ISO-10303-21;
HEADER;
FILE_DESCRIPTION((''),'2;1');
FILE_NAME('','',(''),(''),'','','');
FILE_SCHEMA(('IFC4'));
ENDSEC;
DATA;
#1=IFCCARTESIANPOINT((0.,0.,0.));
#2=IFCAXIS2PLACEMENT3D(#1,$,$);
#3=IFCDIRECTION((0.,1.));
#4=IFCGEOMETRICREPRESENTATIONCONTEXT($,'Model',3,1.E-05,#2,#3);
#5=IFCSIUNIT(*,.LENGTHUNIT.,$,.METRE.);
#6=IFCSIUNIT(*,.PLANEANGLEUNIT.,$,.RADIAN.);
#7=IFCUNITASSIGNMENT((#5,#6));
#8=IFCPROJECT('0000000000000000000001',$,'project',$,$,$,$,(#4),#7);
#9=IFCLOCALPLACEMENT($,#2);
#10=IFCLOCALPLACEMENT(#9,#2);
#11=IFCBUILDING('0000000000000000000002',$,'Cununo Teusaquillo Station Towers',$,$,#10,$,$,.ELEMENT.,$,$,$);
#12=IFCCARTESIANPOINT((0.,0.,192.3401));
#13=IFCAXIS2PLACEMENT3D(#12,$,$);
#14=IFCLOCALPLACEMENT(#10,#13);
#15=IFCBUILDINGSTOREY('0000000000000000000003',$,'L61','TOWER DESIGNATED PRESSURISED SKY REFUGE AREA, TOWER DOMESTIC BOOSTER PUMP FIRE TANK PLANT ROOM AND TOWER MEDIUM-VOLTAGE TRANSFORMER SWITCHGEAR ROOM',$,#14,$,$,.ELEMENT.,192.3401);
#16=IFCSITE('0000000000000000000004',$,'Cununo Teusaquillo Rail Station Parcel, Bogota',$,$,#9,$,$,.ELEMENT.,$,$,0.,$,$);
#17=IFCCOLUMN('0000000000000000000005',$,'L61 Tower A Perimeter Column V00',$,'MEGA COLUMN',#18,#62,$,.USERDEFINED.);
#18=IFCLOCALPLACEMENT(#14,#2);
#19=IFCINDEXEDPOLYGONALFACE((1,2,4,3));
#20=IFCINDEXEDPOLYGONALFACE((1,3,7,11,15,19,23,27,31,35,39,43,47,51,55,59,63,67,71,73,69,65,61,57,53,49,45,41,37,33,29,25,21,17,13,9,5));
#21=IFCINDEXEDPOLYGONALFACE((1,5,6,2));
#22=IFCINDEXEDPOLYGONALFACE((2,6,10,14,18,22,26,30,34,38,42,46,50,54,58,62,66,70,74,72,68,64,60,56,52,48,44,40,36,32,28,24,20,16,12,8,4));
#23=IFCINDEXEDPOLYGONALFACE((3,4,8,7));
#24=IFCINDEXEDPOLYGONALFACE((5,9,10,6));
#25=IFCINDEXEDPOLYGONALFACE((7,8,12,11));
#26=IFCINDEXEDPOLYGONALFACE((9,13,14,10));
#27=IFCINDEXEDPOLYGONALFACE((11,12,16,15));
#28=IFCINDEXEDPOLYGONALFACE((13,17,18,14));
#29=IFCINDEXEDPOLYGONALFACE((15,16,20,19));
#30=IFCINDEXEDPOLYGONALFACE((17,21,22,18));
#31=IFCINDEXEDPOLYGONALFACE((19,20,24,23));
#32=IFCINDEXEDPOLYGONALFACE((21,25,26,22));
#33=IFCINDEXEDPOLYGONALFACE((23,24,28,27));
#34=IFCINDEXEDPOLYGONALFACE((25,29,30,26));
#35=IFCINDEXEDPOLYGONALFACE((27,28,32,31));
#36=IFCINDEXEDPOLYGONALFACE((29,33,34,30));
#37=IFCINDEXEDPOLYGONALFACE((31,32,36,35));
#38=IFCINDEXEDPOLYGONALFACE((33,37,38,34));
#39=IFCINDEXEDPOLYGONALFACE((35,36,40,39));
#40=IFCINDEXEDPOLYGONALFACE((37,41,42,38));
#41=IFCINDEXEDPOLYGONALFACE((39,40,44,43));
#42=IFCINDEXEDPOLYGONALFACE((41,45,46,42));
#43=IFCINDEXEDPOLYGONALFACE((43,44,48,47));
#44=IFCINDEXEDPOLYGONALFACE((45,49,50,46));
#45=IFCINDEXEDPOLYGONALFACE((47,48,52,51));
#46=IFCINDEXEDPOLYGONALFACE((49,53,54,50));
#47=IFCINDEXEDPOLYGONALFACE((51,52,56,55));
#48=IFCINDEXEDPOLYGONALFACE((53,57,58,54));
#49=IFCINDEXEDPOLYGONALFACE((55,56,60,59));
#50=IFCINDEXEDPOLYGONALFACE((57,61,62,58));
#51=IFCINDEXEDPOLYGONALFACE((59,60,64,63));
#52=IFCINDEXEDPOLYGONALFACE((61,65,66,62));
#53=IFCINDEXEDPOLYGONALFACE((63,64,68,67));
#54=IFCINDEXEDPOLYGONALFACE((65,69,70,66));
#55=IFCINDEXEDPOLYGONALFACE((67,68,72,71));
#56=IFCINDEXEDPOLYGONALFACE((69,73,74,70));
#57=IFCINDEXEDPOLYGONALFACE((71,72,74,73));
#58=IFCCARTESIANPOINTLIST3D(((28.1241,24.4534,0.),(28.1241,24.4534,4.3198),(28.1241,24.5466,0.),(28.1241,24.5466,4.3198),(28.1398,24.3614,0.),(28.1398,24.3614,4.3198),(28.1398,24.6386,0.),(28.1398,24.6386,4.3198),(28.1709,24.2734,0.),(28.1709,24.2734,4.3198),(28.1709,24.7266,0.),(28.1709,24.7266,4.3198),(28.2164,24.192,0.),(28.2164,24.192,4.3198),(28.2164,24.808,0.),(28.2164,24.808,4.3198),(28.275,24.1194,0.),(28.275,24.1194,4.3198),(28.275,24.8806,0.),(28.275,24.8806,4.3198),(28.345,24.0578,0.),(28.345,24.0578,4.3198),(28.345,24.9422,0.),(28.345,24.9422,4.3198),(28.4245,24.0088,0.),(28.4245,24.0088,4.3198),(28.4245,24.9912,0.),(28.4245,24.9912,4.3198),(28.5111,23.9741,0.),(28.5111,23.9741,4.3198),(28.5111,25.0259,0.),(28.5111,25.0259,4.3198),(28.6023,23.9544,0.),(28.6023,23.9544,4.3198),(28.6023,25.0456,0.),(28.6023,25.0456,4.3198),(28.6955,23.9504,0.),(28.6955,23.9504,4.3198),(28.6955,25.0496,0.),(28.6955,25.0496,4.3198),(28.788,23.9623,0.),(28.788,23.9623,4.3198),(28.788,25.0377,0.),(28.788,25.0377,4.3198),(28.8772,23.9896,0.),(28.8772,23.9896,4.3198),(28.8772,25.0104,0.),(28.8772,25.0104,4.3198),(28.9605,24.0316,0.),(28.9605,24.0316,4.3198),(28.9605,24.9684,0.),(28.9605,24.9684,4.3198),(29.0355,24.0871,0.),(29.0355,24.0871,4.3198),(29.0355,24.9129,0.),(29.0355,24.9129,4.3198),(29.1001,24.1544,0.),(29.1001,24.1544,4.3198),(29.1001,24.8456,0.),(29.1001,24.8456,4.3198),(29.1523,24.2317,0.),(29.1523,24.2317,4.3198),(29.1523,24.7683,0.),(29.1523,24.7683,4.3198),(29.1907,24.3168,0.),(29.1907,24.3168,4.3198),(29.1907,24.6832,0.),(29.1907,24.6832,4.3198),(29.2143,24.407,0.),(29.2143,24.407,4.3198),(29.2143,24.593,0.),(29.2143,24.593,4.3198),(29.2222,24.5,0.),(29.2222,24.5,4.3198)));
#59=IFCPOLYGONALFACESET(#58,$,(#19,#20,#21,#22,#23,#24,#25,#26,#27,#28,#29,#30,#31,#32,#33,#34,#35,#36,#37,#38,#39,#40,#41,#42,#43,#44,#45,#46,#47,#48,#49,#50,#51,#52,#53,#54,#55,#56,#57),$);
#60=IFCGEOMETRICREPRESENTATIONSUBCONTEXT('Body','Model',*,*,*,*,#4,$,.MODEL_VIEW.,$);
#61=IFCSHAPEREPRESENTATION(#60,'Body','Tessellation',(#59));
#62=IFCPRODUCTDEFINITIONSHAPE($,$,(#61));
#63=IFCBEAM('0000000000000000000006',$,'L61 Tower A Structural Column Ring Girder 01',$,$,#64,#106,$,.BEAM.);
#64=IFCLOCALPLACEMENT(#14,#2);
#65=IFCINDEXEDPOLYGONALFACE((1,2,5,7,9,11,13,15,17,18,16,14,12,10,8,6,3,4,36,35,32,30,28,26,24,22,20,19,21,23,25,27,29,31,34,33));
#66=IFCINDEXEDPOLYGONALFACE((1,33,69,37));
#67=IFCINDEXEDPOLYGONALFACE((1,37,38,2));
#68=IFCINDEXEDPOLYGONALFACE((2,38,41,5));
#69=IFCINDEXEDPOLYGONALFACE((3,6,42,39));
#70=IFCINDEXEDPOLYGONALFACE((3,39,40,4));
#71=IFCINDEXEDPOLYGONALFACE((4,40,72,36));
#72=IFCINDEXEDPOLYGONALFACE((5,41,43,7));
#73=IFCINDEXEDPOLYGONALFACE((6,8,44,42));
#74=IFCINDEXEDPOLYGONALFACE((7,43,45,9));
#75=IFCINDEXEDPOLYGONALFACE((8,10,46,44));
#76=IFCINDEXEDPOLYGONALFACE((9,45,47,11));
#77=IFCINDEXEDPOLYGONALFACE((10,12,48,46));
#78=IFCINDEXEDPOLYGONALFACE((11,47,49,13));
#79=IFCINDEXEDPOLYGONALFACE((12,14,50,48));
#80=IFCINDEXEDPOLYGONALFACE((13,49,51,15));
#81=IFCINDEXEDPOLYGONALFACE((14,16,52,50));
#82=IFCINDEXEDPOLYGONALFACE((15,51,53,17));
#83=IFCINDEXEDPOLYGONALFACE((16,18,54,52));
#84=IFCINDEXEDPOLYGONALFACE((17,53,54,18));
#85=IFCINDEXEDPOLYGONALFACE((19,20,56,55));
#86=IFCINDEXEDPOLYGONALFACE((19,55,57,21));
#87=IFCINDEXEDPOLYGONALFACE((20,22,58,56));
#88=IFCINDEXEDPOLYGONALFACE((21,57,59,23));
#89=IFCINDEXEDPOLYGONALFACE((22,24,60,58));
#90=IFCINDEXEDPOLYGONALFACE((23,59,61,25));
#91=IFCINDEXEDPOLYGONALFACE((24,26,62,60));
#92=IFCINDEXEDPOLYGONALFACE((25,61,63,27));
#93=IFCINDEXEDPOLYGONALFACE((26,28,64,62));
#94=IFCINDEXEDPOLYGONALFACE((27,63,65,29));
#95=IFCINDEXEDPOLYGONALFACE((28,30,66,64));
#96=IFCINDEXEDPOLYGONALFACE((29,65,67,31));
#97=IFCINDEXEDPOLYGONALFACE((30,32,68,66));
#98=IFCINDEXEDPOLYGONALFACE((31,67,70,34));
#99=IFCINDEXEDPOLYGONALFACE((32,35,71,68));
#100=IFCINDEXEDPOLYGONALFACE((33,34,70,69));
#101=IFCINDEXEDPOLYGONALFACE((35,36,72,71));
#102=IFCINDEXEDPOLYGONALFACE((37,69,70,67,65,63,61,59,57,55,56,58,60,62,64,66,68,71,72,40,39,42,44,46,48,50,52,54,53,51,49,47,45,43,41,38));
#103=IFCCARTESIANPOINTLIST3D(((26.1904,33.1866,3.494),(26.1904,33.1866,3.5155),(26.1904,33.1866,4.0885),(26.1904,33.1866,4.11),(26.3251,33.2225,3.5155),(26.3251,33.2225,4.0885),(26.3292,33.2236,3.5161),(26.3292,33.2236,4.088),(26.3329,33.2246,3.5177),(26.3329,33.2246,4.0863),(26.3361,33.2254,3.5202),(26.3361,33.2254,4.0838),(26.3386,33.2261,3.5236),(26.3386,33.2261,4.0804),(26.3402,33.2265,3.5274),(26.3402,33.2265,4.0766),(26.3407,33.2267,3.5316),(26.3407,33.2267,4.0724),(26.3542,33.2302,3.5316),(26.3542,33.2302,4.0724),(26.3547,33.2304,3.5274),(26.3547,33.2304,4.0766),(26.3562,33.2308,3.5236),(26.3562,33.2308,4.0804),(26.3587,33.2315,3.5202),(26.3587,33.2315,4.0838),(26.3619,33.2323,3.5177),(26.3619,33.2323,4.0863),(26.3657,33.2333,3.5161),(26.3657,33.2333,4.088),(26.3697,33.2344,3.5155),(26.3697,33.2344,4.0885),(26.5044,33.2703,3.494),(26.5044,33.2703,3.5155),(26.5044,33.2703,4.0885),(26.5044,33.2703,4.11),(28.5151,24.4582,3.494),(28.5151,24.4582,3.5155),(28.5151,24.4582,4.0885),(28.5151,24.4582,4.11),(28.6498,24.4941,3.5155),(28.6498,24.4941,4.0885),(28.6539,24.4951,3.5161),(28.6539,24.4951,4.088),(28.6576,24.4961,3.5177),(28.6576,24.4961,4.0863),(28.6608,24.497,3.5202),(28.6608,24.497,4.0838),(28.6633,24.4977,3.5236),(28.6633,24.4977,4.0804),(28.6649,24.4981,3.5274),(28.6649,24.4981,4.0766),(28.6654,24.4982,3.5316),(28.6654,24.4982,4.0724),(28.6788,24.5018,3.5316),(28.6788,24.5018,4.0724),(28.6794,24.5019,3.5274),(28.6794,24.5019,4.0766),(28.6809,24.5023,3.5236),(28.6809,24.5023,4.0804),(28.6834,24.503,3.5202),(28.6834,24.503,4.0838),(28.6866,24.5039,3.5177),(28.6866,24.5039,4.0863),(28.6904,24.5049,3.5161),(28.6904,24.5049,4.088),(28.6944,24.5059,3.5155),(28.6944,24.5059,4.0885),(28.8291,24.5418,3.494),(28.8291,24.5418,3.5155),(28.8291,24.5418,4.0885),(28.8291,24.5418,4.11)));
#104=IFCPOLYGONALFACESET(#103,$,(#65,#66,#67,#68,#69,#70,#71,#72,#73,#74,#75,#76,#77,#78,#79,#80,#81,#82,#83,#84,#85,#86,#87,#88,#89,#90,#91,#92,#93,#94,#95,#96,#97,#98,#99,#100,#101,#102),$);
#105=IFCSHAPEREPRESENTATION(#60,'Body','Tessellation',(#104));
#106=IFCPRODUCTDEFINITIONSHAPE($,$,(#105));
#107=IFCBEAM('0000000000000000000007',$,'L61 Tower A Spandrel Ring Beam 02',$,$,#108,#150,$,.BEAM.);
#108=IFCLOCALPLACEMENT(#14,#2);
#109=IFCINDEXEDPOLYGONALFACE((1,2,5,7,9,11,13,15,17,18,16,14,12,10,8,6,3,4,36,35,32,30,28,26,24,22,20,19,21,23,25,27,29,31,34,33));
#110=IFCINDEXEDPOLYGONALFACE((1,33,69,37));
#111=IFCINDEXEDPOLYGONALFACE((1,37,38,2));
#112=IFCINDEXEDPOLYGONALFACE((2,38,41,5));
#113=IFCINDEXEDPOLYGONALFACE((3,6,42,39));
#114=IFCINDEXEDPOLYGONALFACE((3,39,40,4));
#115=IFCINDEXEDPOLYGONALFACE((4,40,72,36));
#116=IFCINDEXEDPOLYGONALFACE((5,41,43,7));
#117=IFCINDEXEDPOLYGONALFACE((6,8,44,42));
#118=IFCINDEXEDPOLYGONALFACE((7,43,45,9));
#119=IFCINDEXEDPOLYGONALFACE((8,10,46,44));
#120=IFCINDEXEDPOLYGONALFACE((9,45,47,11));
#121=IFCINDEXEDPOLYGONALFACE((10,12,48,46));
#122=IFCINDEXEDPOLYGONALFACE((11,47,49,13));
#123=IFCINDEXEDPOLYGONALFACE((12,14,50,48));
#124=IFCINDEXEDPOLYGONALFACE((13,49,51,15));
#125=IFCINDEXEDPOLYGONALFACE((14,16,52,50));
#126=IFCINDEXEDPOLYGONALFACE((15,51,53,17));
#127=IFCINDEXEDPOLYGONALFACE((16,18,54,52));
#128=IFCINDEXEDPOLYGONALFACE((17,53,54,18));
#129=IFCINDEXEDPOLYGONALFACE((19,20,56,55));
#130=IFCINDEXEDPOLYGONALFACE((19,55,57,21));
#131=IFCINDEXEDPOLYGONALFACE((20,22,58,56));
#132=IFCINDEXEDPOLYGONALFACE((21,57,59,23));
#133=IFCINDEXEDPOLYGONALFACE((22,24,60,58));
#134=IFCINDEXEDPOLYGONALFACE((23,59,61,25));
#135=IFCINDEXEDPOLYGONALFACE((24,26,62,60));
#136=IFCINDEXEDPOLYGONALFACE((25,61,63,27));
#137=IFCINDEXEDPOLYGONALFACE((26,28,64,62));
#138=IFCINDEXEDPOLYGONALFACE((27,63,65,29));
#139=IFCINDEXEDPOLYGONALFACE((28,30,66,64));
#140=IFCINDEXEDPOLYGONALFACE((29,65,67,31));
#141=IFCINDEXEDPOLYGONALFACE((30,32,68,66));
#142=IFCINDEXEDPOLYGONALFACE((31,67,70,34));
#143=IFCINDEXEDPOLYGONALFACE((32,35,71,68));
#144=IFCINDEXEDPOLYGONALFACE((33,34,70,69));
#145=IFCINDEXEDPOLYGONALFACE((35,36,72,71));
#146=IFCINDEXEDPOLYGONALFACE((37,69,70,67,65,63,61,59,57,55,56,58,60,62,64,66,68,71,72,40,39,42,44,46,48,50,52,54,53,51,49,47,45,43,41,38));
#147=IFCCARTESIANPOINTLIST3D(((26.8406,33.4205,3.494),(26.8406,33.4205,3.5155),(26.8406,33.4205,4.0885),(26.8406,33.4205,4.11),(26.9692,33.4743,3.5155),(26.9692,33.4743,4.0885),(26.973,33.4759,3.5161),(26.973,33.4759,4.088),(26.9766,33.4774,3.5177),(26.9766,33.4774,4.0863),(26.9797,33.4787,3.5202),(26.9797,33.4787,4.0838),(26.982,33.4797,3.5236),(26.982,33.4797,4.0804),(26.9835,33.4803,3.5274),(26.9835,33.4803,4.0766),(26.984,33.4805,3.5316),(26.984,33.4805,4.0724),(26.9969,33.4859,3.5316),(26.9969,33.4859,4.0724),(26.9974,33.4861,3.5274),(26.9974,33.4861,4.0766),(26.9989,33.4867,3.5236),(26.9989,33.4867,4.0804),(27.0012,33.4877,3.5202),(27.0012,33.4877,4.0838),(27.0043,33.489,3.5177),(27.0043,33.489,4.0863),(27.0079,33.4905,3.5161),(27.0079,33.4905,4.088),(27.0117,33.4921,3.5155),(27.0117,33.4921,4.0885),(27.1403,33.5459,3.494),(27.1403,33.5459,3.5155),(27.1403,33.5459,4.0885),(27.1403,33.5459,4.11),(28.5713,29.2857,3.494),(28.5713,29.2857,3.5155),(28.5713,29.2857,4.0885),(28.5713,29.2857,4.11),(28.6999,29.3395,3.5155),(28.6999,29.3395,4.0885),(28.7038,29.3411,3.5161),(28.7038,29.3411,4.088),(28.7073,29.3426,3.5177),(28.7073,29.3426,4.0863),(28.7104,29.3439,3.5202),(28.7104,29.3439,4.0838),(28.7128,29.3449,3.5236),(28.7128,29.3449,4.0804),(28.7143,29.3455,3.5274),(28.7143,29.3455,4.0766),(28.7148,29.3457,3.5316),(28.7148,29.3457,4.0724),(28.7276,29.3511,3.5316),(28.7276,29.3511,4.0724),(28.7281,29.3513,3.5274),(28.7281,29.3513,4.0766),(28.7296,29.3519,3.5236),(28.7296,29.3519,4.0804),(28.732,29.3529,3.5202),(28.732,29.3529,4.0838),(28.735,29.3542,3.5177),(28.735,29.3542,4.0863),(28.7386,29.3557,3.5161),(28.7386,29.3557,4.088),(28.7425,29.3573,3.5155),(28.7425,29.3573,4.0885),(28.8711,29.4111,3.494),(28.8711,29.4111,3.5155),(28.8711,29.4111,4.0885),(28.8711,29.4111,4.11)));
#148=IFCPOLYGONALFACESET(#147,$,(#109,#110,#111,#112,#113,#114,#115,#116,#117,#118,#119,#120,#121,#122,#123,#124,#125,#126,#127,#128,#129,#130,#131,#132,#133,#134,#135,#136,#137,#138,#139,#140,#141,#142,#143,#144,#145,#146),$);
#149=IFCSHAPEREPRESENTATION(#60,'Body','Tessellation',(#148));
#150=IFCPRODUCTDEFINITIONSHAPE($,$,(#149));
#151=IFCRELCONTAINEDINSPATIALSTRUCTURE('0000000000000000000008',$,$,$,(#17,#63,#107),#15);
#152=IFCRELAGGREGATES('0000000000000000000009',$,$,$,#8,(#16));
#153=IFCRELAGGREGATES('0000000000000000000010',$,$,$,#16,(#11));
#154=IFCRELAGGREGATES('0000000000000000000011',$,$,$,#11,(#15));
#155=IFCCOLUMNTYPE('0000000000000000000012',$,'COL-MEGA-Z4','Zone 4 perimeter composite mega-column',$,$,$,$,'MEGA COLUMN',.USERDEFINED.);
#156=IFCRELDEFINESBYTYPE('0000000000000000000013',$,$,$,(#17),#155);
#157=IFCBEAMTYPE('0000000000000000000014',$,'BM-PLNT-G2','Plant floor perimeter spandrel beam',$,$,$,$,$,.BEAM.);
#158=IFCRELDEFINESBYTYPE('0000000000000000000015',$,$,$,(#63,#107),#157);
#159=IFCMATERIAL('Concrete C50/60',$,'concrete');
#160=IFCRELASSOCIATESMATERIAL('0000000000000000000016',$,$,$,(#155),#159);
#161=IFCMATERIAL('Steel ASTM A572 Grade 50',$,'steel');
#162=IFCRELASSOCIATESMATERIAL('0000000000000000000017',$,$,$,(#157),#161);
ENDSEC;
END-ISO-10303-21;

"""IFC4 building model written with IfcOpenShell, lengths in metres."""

from ifc_helpers import new_model, si_unit, direction, frame, origin, origin_2d, place, context, subcontext, project, spatial, circle, i_section, extrude, material, material_profile, profile_set, type_object, element, save


model = new_model("IFC4")

# Units and contexts
model_context = context("Model", 3, precision=1e-05, world=origin(), true_north=direction((0.0, 1.0)))
body_context = subcontext(model_context, "Body", "Model", "MODEL_VIEW")
ifc_project = project(units=[si_unit("LENGTHUNIT", "METRE"), si_unit("PLANEANGLEUNIT", "RADIAN")], contexts=[model_context])

# Site, building, storey
site_placement = place(None, origin())
site = spatial("IfcSite", under=ifc_project, at=site_placement, Name="Cununo Teusaquillo Rail Station Parcel, Bogota", CompositionType="ELEMENT", RefElevation=0.0)
building_placement = place(site_placement, origin())
building = spatial("IfcBuilding", under=site, at=building_placement, Name="Cununo Teusaquillo Station Towers", CompositionType="ELEMENT")
storey_placement = place(building_placement, frame((0.0, 0.0, 192.3401)))
storey = spatial("IfcBuildingStorey", under=building, at=storey_placement, Name="L61", Description="TOWER DESIGNATED PRESSURISED SKY REFUGE AREA, TOWER DOMESTIC BOOSTER PUMP FIRE TANK PLANT ROOM AND TOWER MEDIUM-VOLTAGE TRANSFORMER SWITCHGEAR ROOM", CompositionType="ELEMENT", Elevation=192.3401)

# Column
ifc_material_1 = material(Name="Concrete C50/60", Category="concrete")
ifc_material_profile_1 = material_profile(ifc_material_1, circle(Radius=0.55, at=origin_2d()), Name="RC-CIRC-1100")
ifc_profile_set_1 = profile_set([ifc_material_profile_1], Name="Concrete C50/60")
column_type = type_object("IfcColumnType", Name="COL-MEGA-Z4", Description="Zone 4 perimeter composite mega-column", ElementType="MEGA COLUMN", PredefinedType="USERDEFINED", material=ifc_profile_set_1)
column_placement = place(storey_placement, frame((28.6721, 24.5, 0.0), z_axis=(0.0, 0.0, 1.0), x_axis=(1.0, 0.0, 0.0)))
element("IfcColumn", 1, at=column_placement, inside=storey, type_object=column_type, Name="L61 Tower A Perimeter Column V00", ObjectType="MEGA COLUMN", PredefinedType="USERDEFINED", context=body_context, shape_type="SweptSolid", body=[
    extrude(circle(Radius=0.55, at=origin_2d()), origin(), (0.0, 0.0, 1.0), 4.3198),
])

# Beams
ifc_material_2 = material(Name="Steel ASTM A572 Grade 50", Category="steel")
ifc_material_profile_2 = material_profile(ifc_material_2, i_section(OverallWidth=0.325, OverallDepth=0.616, WebThickness=0.0139, FlangeThickness=0.0215, FilletRadius=0.0161, at=origin_2d()), Name="W24X117")
ifc_profile_set_2 = profile_set([ifc_material_profile_2], Name="Steel ASTM A572 Grade 50")
beam_type = type_object("IfcBeamType", Name="BM-PLNT-G2", Description="Plant floor perimeter spandrel beam", PredefinedType="BEAM", material=ifc_profile_set_2)
beam_1_placement = place(storey_placement, frame((28.6721, 24.5, 3.802), z_axis=(-0.257363, 0.966315, 0.0), x_axis=(-0.966315, -0.257363, 0.0)))
element("IfcBeam", 2, at=beam_1_placement, inside=storey, type_object=beam_type, Name="L61 Tower A Structural Column Ring Girder 01", PredefinedType="BEAM", context=body_context, shape_type="SweptSolid", body=[
    extrude(i_section(OverallWidth=0.325, OverallDepth=0.616, WebThickness=0.0139, FlangeThickness=0.0215, FilletRadius=0.0161, at=origin_2d()), origin(), (0.0, 0.0, 1.0), 9.0327),
])
beam_2_placement = place(storey_placement, frame((28.7212, 29.3484, 3.802), z_axis=(-0.386115, 0.92245, 0.0), x_axis=(-0.92245, -0.386115, 0.0)))
element("IfcBeam", 3, at=beam_2_placement, inside=storey, type_object=beam_type, Name="L61 Tower A Spandrel Ring Beam 02", PredefinedType="BEAM", context=body_context, shape_type="SweptSolid", body=[
    extrude(i_section(OverallWidth=0.325, OverallDepth=0.616, WebThickness=0.0139, FlangeThickness=0.0215, FilletRadius=0.0161, at=origin_2d()), origin(), (0.0, 0.0, 1.0), 4.4824),
])

save(model, "model.ifc")
